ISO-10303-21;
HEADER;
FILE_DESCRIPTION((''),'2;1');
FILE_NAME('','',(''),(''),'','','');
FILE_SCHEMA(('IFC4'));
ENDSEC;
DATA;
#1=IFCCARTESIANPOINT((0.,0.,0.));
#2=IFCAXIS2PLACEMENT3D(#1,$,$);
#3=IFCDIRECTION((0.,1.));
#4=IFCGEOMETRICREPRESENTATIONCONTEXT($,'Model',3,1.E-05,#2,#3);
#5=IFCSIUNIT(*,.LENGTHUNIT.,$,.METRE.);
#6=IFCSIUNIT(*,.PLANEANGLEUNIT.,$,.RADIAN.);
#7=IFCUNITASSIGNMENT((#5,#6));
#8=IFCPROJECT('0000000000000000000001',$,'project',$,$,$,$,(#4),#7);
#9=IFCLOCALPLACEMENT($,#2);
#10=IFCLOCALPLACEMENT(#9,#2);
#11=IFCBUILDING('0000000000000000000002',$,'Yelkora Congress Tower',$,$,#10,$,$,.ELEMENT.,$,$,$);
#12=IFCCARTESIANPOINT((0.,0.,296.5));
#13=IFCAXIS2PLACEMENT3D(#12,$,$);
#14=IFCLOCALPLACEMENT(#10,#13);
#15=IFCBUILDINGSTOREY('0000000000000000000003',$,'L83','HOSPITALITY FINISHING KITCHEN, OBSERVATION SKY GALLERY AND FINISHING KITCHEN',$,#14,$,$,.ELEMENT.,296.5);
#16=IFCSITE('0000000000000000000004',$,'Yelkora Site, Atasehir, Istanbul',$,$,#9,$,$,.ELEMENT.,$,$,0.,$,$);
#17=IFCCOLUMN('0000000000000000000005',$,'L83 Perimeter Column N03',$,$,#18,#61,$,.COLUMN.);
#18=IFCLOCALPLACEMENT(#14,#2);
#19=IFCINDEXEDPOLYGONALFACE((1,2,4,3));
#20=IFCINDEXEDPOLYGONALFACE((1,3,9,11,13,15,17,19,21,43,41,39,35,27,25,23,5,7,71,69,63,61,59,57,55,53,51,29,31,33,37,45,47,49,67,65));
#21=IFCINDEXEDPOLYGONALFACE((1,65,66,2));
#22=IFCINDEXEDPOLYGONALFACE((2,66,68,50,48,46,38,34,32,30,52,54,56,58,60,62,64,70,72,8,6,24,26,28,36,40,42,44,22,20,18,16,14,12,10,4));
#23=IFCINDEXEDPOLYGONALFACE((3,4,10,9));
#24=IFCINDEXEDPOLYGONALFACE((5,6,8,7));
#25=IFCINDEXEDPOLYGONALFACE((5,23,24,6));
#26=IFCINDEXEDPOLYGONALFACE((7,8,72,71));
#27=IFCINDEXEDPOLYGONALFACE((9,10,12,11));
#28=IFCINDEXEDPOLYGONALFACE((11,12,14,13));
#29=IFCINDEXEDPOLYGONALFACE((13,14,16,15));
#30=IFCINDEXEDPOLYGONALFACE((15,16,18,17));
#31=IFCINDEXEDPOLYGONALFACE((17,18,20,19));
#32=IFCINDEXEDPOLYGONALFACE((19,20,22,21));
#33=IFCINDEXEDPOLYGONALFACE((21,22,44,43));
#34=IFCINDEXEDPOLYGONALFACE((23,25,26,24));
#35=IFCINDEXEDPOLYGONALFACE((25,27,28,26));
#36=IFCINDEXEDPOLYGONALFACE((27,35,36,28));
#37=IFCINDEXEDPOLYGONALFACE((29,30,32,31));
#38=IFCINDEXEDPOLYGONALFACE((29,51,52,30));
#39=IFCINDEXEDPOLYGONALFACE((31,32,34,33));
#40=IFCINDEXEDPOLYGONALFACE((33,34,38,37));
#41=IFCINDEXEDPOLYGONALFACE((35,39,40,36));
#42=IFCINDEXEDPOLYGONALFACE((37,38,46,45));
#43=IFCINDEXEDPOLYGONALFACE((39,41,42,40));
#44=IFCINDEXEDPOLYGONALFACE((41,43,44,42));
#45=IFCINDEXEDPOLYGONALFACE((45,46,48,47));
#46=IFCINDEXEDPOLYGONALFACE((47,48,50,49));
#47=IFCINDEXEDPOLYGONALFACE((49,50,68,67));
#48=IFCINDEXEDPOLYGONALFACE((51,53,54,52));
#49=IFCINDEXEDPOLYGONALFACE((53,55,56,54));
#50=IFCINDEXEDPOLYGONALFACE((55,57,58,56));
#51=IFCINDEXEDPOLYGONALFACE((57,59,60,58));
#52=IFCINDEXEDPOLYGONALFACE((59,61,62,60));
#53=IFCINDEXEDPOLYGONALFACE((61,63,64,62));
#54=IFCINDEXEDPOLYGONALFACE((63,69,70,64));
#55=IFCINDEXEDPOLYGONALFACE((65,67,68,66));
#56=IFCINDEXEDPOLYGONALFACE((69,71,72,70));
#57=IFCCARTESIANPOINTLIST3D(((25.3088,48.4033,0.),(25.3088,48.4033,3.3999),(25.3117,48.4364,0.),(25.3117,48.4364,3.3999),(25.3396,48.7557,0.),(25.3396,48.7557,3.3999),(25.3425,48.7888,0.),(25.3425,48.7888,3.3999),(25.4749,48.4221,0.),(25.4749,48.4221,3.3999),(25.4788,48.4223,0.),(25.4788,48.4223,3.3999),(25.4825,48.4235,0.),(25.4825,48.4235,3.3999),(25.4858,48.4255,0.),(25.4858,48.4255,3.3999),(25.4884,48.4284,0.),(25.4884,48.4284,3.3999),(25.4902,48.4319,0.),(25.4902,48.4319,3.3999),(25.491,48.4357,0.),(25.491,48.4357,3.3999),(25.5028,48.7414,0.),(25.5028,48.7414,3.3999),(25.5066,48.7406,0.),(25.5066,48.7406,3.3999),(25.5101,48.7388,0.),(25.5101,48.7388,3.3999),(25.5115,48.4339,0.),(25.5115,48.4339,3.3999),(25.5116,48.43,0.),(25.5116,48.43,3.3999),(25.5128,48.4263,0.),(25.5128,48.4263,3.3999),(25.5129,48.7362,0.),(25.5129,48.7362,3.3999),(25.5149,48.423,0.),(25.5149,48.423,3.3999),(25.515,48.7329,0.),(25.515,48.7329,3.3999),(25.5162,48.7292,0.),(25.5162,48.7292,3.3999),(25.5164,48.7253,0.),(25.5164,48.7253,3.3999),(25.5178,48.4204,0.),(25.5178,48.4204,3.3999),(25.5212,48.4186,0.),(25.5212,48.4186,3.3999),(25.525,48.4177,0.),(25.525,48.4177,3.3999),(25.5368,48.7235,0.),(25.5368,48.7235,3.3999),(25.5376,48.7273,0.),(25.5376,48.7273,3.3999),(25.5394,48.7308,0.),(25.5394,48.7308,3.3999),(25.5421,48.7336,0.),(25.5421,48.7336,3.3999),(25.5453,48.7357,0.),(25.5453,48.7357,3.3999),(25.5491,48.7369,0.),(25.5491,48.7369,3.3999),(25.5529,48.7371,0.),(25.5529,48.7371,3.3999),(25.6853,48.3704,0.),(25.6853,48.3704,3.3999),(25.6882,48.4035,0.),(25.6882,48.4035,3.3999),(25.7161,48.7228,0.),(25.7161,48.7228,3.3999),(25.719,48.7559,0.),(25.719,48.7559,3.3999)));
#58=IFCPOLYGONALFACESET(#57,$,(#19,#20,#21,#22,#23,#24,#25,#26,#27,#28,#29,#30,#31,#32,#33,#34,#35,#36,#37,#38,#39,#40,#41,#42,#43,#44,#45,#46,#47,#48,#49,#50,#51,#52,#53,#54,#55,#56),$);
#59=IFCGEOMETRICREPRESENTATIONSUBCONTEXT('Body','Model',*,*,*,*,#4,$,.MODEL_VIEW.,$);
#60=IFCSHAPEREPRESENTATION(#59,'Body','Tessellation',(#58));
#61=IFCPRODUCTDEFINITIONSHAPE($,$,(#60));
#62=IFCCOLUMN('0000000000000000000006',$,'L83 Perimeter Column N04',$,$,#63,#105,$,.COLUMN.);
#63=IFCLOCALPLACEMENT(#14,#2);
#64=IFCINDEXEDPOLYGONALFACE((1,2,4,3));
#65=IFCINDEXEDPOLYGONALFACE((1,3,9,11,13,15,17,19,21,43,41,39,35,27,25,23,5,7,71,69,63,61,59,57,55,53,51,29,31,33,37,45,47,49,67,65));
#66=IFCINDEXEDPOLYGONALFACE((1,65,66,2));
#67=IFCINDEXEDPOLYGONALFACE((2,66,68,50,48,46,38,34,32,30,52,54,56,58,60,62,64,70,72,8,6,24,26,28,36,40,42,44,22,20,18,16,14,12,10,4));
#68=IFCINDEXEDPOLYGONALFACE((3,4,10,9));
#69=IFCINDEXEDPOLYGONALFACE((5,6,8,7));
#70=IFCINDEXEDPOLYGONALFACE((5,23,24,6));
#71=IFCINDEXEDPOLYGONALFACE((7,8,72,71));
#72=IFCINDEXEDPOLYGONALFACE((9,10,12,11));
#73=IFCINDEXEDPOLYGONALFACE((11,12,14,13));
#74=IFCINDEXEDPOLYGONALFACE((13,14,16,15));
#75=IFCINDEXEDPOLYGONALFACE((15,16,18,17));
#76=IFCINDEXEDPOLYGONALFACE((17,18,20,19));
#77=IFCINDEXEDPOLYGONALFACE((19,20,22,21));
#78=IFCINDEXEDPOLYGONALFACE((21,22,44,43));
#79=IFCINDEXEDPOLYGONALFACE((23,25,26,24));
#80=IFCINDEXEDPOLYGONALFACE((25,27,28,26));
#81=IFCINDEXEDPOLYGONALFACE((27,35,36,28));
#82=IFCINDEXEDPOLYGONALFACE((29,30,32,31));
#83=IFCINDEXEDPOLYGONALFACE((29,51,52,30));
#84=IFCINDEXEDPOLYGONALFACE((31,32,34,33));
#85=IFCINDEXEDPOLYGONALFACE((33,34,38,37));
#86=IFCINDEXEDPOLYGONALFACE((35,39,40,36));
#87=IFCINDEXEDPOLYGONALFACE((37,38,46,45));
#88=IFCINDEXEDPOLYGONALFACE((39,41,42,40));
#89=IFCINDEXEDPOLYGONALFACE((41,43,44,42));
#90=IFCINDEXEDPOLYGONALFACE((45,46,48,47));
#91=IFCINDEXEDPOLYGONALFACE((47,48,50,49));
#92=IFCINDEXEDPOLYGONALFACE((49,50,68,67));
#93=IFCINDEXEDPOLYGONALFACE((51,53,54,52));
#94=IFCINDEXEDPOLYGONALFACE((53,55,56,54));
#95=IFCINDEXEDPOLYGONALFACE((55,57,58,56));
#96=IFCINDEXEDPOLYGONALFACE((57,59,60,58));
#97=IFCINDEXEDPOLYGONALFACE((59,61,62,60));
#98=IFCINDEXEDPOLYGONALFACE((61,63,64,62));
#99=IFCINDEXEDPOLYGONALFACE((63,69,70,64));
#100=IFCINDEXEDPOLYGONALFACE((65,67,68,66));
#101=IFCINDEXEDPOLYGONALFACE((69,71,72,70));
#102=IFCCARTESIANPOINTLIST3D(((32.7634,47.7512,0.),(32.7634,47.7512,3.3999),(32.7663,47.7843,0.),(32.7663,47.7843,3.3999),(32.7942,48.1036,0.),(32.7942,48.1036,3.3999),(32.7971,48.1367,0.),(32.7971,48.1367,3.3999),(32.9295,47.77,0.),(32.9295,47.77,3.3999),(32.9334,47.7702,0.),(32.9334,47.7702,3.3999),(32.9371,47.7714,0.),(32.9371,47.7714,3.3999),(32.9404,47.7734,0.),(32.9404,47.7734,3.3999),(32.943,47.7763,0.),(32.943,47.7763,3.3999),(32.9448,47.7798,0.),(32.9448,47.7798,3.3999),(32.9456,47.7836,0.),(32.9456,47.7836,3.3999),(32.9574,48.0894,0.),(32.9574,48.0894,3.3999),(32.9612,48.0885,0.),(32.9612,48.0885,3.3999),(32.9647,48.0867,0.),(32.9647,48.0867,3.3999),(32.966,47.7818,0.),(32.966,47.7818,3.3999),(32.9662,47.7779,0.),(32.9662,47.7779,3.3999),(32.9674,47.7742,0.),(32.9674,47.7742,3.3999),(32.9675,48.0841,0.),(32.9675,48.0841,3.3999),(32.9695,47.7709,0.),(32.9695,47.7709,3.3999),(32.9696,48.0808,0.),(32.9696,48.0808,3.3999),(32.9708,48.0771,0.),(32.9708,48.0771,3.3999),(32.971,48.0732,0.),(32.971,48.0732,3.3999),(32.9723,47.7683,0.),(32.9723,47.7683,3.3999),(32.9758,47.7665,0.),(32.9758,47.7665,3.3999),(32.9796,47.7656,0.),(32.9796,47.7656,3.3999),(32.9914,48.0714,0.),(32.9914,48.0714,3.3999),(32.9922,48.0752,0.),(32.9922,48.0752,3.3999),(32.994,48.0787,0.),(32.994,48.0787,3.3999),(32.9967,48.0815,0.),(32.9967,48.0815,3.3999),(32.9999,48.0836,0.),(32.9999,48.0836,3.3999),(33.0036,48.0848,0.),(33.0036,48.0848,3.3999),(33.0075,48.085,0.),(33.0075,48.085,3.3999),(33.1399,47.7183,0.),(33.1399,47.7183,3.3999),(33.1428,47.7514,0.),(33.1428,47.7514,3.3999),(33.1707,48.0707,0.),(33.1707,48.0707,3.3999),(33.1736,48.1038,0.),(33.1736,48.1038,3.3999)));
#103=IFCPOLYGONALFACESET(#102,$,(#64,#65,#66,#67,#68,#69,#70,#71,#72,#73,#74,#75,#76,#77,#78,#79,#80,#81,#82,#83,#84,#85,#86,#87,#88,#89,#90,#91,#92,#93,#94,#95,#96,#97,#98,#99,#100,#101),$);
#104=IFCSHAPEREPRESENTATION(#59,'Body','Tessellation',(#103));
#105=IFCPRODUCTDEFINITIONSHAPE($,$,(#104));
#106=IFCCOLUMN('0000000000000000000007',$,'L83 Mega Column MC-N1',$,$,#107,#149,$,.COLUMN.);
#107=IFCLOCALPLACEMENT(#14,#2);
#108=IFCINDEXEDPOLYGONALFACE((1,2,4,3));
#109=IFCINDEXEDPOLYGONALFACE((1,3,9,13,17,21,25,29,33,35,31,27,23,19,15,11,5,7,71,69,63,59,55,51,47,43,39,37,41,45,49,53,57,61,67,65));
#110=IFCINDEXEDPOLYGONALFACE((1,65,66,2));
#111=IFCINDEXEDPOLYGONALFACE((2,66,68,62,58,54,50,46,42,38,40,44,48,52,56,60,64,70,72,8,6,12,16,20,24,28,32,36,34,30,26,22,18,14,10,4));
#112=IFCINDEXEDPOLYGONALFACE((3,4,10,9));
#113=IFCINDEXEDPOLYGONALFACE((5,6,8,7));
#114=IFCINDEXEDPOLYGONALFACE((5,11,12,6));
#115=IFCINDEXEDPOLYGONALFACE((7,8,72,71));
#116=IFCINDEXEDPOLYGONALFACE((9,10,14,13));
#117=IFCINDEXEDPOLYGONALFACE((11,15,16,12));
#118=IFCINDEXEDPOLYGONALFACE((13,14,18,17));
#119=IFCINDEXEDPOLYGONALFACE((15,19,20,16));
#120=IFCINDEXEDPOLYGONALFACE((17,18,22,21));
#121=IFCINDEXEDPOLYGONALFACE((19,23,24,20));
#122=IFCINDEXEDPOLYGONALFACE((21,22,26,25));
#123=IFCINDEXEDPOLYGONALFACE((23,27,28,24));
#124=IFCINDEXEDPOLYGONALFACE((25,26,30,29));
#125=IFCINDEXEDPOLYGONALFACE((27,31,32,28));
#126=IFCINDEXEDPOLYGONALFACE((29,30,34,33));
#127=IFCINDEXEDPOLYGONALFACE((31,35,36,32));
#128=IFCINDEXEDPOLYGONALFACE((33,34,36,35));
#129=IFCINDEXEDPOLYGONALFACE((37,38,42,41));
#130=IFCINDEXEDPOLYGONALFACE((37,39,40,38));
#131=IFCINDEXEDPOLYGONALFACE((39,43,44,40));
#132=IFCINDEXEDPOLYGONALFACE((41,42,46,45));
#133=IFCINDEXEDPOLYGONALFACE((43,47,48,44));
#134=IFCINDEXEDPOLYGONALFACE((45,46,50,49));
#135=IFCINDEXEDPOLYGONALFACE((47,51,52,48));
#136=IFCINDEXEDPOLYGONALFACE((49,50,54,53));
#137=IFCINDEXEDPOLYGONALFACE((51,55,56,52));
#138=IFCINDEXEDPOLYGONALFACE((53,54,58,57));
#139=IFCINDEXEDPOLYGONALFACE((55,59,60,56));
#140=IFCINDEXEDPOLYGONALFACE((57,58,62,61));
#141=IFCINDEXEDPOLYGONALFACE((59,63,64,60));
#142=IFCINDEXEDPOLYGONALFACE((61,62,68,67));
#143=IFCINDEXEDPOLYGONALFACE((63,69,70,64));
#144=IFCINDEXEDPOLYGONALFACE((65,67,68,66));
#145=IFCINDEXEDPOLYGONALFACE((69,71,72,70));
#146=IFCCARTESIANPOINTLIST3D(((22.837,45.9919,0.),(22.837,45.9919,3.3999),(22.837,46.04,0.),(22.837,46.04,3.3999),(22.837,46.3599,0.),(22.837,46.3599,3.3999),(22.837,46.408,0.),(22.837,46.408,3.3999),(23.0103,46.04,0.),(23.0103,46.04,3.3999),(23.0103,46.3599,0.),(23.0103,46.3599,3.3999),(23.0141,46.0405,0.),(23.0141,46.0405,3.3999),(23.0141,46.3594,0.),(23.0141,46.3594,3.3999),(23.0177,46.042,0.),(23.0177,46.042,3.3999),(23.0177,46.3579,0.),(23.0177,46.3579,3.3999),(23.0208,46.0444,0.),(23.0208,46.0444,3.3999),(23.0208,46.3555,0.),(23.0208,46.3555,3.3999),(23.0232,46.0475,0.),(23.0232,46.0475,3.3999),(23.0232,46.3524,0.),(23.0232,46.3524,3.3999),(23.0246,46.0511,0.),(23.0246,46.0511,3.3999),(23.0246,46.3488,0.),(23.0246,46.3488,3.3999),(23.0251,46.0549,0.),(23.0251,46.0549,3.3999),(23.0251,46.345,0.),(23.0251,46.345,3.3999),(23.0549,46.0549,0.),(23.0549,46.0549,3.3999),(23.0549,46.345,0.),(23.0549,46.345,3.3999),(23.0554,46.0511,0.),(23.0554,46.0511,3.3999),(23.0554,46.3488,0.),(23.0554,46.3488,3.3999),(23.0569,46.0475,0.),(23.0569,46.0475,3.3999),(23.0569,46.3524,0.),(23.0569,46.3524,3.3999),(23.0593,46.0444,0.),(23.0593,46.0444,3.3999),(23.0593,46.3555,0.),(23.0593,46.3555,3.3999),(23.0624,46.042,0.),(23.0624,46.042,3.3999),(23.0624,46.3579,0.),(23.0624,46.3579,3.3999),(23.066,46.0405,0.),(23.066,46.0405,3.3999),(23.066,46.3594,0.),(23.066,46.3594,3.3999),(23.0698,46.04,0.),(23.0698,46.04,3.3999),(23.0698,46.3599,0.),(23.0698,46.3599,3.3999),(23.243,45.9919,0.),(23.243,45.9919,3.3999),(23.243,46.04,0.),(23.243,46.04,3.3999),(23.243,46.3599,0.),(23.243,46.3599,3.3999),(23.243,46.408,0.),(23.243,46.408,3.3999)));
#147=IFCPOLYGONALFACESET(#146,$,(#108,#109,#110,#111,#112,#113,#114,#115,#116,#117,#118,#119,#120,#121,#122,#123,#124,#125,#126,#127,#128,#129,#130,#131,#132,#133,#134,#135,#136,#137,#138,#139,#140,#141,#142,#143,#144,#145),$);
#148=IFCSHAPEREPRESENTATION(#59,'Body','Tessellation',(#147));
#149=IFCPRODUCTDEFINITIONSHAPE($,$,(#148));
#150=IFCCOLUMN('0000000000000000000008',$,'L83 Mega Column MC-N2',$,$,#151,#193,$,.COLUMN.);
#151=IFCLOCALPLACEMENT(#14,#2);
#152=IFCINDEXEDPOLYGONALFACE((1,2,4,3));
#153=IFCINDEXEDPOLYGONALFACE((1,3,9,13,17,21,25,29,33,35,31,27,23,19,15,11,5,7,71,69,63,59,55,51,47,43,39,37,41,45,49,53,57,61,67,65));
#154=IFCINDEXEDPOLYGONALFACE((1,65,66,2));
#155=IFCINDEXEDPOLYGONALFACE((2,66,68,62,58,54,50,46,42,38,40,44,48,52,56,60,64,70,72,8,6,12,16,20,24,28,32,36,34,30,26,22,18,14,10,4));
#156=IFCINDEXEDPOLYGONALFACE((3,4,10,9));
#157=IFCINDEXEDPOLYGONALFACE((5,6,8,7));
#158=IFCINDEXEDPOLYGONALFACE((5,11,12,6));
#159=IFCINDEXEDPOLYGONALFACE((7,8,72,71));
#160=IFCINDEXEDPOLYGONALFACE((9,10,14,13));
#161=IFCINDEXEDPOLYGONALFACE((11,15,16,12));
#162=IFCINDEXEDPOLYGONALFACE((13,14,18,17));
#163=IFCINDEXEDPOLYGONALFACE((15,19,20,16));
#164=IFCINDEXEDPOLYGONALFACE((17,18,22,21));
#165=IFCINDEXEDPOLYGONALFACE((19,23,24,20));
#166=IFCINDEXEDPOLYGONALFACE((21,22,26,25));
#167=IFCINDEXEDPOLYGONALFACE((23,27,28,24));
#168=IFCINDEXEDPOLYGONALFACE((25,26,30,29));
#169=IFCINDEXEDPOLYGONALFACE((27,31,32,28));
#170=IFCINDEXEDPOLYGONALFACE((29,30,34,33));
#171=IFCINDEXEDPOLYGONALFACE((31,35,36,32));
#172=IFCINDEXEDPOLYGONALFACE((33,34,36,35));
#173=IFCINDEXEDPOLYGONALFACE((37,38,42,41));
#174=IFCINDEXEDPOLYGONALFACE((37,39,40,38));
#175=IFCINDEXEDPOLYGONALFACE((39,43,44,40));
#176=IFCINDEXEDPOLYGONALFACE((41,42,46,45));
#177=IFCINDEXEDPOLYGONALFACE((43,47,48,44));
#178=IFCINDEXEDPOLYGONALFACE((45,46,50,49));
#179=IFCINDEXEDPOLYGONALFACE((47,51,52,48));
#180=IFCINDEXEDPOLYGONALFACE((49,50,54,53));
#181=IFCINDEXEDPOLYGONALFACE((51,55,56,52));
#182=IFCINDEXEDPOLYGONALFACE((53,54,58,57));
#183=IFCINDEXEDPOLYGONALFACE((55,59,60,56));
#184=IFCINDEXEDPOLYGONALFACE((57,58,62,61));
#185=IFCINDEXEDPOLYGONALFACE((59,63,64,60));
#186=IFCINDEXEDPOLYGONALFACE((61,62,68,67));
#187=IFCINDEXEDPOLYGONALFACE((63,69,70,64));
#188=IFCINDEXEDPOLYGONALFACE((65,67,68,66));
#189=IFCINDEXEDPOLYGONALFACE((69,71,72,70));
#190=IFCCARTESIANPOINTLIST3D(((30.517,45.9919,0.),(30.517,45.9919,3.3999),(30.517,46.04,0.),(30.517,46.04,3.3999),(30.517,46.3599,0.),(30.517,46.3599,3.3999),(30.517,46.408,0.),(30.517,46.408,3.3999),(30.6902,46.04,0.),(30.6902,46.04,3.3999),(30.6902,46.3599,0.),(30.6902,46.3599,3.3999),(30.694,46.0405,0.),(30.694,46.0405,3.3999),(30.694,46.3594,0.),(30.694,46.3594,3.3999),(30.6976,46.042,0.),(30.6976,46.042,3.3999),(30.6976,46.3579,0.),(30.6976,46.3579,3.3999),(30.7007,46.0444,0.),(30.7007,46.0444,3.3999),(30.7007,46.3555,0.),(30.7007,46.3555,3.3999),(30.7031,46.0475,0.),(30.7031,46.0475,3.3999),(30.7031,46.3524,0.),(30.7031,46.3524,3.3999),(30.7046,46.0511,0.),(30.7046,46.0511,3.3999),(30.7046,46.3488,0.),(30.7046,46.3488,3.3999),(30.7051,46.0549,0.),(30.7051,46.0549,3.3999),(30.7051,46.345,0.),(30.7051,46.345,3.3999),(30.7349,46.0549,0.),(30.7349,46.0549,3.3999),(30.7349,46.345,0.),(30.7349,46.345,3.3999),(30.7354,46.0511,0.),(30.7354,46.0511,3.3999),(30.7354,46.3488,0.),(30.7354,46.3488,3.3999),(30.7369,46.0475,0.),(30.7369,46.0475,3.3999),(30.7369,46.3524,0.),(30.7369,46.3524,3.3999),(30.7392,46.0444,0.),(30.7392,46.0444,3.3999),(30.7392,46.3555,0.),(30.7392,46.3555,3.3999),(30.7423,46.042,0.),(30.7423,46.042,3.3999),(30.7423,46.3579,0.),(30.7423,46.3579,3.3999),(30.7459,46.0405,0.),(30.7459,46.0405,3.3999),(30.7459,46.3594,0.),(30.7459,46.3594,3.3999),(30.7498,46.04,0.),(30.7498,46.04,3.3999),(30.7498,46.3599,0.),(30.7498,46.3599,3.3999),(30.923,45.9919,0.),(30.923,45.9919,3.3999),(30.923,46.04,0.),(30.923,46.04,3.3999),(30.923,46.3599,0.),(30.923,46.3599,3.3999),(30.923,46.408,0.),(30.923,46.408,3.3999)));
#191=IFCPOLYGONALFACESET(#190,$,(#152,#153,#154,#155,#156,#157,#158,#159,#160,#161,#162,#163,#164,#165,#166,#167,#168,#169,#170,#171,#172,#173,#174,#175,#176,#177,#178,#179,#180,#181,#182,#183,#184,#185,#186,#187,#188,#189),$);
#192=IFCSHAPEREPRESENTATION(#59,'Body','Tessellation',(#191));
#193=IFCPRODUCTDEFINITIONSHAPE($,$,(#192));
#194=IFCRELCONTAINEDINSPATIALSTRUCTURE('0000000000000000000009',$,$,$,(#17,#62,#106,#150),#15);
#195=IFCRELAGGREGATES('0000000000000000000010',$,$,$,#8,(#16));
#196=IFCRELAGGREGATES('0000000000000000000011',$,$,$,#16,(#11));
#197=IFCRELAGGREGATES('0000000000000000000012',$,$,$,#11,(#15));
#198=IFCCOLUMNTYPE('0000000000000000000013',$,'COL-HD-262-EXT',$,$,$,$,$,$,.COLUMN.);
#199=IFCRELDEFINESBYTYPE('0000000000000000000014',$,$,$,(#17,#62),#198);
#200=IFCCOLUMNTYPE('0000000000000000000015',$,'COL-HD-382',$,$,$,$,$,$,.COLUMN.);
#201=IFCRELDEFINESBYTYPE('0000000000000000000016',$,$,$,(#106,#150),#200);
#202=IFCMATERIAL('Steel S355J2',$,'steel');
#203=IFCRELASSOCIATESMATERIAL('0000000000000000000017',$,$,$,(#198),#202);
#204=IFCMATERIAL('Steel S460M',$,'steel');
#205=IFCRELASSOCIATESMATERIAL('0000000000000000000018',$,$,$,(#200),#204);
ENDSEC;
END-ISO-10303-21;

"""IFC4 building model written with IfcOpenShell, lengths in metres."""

from ifc_helpers import new_model, si_unit, direction, frame, origin, origin_2d, place, context, subcontext, project, spatial, i_section, extrude, material, material_profile, profile_set, type_object, element, save


model = new_model("IFC4")

# Units and contexts
model_context = context("Model", 3, precision=1e-05, world=origin(), true_north=direction((0.0, 1.0)))
body_context = subcontext(model_context, "Body", "Model", "MODEL_VIEW")
ifc_project = project(units=[si_unit("LENGTHUNIT", "METRE"), si_unit("PLANEANGLEUNIT", "RADIAN")], contexts=[model_context])

# Site, building, storey
site_placement = place(None, origin())
site = spatial("IfcSite", under=ifc_project, at=site_placement, Name="Yelkora Site, Atasehir, Istanbul", CompositionType="ELEMENT", RefElevation=0.0)
building_placement = place(site_placement, origin())
building = spatial("IfcBuilding", under=site, at=building_placement, Name="Yelkora Congress Tower", CompositionType="ELEMENT")
storey_placement = place(building_placement, frame((0.0, 0.0, 296.5)))
storey = spatial("IfcBuildingStorey", under=building, at=storey_placement, Name="L83", Description="HOSPITALITY FINISHING KITCHEN, OBSERVATION SKY GALLERY AND FINISHING KITCHEN", CompositionType="ELEMENT", Elevation=296.5)

# Columns
ifc_material_1 = material(Name="Steel S355J2", Category="steel")
ifc_material_profile_1 = material_profile(ifc_material_1, i_section(OverallWidth=0.3779, OverallDepth=0.387, WebThickness=0.0205, FlangeThickness=0.0332, FilletRadius=0.0149, at=origin_2d()), Name="HD 360x262")
ifc_profile_set_1 = profile_set([ifc_material_profile_1], Name="Steel S355J2")
column_type_1 = type_object("IfcColumnType", Name="COL-HD-262-EXT", PredefinedType="COLUMN", material=ifc_profile_set_1)
for number, where, z_axis, x_axis, name in (
    (1, (25.5139, 48.5796, 0.0), (0.0, 0.0, 1.0), (0.996195, -0.087156, 0.0), "L83 Perimeter Column N03"),
    (2, (32.9685, 47.9275, 0.0), (0.0, 0.0, 1.0), (0.996195, -0.087156, 0.0), "L83 Perimeter Column N04"),
):
    element("IfcColumn", number, at=place(storey_placement, frame(where, z_axis=z_axis, x_axis=x_axis)), inside=storey, type_object=column_type_1, Name=name, PredefinedType="COLUMN", context=body_context, shape_type="SweptSolid", body=[
        extrude(i_section(OverallWidth=0.3779, OverallDepth=0.387, WebThickness=0.0205, FlangeThickness=0.0332, FilletRadius=0.0149, at=origin_2d()), origin(), (0.0, 0.0, 1.0), 3.3999),
    ])
ifc_material_2 = material(Name="Steel S460M", Category="steel")
ifc_material_profile_2 = material_profile(ifc_material_2, i_section(OverallWidth=0.406, OverallDepth=0.416, WebThickness=0.0298, FlangeThickness=0.0481, FilletRadius=0.0149, at=origin_2d()), Name="HD 400x382")
ifc_profile_set_2 = profile_set([ifc_material_profile_2], Name="Steel S460M")
column_type_2 = type_object("IfcColumnType", Name="COL-HD-382", PredefinedType="COLUMN", material=ifc_profile_set_2)
for number, where, z_axis, x_axis, name in (
    (3, (23.04, 46.2, 0.0), (0.0, 0.0, 1.0), (1.0, 0.0, 0.0), "L83 Mega Column MC-N1"),
    (4, (30.72, 46.2, 0.0), (0.0, 0.0, 1.0), (1.0, 0.0, 0.0), "L83 Mega Column MC-N2"),
):
    element("IfcColumn", number, at=place(storey_placement, frame(where, z_axis=z_axis, x_axis=x_axis)), inside=storey, type_object=column_type_2, Name=name, PredefinedType="COLUMN", context=body_context, shape_type="SweptSolid", body=[
        extrude(i_section(OverallWidth=0.406, OverallDepth=0.416, WebThickness=0.0298, FlangeThickness=0.0481, FilletRadius=0.0149, at=origin_2d()), origin(), (0.0, 0.0, 1.0), 3.3999),
    ])

save(model, "model.ifc")
